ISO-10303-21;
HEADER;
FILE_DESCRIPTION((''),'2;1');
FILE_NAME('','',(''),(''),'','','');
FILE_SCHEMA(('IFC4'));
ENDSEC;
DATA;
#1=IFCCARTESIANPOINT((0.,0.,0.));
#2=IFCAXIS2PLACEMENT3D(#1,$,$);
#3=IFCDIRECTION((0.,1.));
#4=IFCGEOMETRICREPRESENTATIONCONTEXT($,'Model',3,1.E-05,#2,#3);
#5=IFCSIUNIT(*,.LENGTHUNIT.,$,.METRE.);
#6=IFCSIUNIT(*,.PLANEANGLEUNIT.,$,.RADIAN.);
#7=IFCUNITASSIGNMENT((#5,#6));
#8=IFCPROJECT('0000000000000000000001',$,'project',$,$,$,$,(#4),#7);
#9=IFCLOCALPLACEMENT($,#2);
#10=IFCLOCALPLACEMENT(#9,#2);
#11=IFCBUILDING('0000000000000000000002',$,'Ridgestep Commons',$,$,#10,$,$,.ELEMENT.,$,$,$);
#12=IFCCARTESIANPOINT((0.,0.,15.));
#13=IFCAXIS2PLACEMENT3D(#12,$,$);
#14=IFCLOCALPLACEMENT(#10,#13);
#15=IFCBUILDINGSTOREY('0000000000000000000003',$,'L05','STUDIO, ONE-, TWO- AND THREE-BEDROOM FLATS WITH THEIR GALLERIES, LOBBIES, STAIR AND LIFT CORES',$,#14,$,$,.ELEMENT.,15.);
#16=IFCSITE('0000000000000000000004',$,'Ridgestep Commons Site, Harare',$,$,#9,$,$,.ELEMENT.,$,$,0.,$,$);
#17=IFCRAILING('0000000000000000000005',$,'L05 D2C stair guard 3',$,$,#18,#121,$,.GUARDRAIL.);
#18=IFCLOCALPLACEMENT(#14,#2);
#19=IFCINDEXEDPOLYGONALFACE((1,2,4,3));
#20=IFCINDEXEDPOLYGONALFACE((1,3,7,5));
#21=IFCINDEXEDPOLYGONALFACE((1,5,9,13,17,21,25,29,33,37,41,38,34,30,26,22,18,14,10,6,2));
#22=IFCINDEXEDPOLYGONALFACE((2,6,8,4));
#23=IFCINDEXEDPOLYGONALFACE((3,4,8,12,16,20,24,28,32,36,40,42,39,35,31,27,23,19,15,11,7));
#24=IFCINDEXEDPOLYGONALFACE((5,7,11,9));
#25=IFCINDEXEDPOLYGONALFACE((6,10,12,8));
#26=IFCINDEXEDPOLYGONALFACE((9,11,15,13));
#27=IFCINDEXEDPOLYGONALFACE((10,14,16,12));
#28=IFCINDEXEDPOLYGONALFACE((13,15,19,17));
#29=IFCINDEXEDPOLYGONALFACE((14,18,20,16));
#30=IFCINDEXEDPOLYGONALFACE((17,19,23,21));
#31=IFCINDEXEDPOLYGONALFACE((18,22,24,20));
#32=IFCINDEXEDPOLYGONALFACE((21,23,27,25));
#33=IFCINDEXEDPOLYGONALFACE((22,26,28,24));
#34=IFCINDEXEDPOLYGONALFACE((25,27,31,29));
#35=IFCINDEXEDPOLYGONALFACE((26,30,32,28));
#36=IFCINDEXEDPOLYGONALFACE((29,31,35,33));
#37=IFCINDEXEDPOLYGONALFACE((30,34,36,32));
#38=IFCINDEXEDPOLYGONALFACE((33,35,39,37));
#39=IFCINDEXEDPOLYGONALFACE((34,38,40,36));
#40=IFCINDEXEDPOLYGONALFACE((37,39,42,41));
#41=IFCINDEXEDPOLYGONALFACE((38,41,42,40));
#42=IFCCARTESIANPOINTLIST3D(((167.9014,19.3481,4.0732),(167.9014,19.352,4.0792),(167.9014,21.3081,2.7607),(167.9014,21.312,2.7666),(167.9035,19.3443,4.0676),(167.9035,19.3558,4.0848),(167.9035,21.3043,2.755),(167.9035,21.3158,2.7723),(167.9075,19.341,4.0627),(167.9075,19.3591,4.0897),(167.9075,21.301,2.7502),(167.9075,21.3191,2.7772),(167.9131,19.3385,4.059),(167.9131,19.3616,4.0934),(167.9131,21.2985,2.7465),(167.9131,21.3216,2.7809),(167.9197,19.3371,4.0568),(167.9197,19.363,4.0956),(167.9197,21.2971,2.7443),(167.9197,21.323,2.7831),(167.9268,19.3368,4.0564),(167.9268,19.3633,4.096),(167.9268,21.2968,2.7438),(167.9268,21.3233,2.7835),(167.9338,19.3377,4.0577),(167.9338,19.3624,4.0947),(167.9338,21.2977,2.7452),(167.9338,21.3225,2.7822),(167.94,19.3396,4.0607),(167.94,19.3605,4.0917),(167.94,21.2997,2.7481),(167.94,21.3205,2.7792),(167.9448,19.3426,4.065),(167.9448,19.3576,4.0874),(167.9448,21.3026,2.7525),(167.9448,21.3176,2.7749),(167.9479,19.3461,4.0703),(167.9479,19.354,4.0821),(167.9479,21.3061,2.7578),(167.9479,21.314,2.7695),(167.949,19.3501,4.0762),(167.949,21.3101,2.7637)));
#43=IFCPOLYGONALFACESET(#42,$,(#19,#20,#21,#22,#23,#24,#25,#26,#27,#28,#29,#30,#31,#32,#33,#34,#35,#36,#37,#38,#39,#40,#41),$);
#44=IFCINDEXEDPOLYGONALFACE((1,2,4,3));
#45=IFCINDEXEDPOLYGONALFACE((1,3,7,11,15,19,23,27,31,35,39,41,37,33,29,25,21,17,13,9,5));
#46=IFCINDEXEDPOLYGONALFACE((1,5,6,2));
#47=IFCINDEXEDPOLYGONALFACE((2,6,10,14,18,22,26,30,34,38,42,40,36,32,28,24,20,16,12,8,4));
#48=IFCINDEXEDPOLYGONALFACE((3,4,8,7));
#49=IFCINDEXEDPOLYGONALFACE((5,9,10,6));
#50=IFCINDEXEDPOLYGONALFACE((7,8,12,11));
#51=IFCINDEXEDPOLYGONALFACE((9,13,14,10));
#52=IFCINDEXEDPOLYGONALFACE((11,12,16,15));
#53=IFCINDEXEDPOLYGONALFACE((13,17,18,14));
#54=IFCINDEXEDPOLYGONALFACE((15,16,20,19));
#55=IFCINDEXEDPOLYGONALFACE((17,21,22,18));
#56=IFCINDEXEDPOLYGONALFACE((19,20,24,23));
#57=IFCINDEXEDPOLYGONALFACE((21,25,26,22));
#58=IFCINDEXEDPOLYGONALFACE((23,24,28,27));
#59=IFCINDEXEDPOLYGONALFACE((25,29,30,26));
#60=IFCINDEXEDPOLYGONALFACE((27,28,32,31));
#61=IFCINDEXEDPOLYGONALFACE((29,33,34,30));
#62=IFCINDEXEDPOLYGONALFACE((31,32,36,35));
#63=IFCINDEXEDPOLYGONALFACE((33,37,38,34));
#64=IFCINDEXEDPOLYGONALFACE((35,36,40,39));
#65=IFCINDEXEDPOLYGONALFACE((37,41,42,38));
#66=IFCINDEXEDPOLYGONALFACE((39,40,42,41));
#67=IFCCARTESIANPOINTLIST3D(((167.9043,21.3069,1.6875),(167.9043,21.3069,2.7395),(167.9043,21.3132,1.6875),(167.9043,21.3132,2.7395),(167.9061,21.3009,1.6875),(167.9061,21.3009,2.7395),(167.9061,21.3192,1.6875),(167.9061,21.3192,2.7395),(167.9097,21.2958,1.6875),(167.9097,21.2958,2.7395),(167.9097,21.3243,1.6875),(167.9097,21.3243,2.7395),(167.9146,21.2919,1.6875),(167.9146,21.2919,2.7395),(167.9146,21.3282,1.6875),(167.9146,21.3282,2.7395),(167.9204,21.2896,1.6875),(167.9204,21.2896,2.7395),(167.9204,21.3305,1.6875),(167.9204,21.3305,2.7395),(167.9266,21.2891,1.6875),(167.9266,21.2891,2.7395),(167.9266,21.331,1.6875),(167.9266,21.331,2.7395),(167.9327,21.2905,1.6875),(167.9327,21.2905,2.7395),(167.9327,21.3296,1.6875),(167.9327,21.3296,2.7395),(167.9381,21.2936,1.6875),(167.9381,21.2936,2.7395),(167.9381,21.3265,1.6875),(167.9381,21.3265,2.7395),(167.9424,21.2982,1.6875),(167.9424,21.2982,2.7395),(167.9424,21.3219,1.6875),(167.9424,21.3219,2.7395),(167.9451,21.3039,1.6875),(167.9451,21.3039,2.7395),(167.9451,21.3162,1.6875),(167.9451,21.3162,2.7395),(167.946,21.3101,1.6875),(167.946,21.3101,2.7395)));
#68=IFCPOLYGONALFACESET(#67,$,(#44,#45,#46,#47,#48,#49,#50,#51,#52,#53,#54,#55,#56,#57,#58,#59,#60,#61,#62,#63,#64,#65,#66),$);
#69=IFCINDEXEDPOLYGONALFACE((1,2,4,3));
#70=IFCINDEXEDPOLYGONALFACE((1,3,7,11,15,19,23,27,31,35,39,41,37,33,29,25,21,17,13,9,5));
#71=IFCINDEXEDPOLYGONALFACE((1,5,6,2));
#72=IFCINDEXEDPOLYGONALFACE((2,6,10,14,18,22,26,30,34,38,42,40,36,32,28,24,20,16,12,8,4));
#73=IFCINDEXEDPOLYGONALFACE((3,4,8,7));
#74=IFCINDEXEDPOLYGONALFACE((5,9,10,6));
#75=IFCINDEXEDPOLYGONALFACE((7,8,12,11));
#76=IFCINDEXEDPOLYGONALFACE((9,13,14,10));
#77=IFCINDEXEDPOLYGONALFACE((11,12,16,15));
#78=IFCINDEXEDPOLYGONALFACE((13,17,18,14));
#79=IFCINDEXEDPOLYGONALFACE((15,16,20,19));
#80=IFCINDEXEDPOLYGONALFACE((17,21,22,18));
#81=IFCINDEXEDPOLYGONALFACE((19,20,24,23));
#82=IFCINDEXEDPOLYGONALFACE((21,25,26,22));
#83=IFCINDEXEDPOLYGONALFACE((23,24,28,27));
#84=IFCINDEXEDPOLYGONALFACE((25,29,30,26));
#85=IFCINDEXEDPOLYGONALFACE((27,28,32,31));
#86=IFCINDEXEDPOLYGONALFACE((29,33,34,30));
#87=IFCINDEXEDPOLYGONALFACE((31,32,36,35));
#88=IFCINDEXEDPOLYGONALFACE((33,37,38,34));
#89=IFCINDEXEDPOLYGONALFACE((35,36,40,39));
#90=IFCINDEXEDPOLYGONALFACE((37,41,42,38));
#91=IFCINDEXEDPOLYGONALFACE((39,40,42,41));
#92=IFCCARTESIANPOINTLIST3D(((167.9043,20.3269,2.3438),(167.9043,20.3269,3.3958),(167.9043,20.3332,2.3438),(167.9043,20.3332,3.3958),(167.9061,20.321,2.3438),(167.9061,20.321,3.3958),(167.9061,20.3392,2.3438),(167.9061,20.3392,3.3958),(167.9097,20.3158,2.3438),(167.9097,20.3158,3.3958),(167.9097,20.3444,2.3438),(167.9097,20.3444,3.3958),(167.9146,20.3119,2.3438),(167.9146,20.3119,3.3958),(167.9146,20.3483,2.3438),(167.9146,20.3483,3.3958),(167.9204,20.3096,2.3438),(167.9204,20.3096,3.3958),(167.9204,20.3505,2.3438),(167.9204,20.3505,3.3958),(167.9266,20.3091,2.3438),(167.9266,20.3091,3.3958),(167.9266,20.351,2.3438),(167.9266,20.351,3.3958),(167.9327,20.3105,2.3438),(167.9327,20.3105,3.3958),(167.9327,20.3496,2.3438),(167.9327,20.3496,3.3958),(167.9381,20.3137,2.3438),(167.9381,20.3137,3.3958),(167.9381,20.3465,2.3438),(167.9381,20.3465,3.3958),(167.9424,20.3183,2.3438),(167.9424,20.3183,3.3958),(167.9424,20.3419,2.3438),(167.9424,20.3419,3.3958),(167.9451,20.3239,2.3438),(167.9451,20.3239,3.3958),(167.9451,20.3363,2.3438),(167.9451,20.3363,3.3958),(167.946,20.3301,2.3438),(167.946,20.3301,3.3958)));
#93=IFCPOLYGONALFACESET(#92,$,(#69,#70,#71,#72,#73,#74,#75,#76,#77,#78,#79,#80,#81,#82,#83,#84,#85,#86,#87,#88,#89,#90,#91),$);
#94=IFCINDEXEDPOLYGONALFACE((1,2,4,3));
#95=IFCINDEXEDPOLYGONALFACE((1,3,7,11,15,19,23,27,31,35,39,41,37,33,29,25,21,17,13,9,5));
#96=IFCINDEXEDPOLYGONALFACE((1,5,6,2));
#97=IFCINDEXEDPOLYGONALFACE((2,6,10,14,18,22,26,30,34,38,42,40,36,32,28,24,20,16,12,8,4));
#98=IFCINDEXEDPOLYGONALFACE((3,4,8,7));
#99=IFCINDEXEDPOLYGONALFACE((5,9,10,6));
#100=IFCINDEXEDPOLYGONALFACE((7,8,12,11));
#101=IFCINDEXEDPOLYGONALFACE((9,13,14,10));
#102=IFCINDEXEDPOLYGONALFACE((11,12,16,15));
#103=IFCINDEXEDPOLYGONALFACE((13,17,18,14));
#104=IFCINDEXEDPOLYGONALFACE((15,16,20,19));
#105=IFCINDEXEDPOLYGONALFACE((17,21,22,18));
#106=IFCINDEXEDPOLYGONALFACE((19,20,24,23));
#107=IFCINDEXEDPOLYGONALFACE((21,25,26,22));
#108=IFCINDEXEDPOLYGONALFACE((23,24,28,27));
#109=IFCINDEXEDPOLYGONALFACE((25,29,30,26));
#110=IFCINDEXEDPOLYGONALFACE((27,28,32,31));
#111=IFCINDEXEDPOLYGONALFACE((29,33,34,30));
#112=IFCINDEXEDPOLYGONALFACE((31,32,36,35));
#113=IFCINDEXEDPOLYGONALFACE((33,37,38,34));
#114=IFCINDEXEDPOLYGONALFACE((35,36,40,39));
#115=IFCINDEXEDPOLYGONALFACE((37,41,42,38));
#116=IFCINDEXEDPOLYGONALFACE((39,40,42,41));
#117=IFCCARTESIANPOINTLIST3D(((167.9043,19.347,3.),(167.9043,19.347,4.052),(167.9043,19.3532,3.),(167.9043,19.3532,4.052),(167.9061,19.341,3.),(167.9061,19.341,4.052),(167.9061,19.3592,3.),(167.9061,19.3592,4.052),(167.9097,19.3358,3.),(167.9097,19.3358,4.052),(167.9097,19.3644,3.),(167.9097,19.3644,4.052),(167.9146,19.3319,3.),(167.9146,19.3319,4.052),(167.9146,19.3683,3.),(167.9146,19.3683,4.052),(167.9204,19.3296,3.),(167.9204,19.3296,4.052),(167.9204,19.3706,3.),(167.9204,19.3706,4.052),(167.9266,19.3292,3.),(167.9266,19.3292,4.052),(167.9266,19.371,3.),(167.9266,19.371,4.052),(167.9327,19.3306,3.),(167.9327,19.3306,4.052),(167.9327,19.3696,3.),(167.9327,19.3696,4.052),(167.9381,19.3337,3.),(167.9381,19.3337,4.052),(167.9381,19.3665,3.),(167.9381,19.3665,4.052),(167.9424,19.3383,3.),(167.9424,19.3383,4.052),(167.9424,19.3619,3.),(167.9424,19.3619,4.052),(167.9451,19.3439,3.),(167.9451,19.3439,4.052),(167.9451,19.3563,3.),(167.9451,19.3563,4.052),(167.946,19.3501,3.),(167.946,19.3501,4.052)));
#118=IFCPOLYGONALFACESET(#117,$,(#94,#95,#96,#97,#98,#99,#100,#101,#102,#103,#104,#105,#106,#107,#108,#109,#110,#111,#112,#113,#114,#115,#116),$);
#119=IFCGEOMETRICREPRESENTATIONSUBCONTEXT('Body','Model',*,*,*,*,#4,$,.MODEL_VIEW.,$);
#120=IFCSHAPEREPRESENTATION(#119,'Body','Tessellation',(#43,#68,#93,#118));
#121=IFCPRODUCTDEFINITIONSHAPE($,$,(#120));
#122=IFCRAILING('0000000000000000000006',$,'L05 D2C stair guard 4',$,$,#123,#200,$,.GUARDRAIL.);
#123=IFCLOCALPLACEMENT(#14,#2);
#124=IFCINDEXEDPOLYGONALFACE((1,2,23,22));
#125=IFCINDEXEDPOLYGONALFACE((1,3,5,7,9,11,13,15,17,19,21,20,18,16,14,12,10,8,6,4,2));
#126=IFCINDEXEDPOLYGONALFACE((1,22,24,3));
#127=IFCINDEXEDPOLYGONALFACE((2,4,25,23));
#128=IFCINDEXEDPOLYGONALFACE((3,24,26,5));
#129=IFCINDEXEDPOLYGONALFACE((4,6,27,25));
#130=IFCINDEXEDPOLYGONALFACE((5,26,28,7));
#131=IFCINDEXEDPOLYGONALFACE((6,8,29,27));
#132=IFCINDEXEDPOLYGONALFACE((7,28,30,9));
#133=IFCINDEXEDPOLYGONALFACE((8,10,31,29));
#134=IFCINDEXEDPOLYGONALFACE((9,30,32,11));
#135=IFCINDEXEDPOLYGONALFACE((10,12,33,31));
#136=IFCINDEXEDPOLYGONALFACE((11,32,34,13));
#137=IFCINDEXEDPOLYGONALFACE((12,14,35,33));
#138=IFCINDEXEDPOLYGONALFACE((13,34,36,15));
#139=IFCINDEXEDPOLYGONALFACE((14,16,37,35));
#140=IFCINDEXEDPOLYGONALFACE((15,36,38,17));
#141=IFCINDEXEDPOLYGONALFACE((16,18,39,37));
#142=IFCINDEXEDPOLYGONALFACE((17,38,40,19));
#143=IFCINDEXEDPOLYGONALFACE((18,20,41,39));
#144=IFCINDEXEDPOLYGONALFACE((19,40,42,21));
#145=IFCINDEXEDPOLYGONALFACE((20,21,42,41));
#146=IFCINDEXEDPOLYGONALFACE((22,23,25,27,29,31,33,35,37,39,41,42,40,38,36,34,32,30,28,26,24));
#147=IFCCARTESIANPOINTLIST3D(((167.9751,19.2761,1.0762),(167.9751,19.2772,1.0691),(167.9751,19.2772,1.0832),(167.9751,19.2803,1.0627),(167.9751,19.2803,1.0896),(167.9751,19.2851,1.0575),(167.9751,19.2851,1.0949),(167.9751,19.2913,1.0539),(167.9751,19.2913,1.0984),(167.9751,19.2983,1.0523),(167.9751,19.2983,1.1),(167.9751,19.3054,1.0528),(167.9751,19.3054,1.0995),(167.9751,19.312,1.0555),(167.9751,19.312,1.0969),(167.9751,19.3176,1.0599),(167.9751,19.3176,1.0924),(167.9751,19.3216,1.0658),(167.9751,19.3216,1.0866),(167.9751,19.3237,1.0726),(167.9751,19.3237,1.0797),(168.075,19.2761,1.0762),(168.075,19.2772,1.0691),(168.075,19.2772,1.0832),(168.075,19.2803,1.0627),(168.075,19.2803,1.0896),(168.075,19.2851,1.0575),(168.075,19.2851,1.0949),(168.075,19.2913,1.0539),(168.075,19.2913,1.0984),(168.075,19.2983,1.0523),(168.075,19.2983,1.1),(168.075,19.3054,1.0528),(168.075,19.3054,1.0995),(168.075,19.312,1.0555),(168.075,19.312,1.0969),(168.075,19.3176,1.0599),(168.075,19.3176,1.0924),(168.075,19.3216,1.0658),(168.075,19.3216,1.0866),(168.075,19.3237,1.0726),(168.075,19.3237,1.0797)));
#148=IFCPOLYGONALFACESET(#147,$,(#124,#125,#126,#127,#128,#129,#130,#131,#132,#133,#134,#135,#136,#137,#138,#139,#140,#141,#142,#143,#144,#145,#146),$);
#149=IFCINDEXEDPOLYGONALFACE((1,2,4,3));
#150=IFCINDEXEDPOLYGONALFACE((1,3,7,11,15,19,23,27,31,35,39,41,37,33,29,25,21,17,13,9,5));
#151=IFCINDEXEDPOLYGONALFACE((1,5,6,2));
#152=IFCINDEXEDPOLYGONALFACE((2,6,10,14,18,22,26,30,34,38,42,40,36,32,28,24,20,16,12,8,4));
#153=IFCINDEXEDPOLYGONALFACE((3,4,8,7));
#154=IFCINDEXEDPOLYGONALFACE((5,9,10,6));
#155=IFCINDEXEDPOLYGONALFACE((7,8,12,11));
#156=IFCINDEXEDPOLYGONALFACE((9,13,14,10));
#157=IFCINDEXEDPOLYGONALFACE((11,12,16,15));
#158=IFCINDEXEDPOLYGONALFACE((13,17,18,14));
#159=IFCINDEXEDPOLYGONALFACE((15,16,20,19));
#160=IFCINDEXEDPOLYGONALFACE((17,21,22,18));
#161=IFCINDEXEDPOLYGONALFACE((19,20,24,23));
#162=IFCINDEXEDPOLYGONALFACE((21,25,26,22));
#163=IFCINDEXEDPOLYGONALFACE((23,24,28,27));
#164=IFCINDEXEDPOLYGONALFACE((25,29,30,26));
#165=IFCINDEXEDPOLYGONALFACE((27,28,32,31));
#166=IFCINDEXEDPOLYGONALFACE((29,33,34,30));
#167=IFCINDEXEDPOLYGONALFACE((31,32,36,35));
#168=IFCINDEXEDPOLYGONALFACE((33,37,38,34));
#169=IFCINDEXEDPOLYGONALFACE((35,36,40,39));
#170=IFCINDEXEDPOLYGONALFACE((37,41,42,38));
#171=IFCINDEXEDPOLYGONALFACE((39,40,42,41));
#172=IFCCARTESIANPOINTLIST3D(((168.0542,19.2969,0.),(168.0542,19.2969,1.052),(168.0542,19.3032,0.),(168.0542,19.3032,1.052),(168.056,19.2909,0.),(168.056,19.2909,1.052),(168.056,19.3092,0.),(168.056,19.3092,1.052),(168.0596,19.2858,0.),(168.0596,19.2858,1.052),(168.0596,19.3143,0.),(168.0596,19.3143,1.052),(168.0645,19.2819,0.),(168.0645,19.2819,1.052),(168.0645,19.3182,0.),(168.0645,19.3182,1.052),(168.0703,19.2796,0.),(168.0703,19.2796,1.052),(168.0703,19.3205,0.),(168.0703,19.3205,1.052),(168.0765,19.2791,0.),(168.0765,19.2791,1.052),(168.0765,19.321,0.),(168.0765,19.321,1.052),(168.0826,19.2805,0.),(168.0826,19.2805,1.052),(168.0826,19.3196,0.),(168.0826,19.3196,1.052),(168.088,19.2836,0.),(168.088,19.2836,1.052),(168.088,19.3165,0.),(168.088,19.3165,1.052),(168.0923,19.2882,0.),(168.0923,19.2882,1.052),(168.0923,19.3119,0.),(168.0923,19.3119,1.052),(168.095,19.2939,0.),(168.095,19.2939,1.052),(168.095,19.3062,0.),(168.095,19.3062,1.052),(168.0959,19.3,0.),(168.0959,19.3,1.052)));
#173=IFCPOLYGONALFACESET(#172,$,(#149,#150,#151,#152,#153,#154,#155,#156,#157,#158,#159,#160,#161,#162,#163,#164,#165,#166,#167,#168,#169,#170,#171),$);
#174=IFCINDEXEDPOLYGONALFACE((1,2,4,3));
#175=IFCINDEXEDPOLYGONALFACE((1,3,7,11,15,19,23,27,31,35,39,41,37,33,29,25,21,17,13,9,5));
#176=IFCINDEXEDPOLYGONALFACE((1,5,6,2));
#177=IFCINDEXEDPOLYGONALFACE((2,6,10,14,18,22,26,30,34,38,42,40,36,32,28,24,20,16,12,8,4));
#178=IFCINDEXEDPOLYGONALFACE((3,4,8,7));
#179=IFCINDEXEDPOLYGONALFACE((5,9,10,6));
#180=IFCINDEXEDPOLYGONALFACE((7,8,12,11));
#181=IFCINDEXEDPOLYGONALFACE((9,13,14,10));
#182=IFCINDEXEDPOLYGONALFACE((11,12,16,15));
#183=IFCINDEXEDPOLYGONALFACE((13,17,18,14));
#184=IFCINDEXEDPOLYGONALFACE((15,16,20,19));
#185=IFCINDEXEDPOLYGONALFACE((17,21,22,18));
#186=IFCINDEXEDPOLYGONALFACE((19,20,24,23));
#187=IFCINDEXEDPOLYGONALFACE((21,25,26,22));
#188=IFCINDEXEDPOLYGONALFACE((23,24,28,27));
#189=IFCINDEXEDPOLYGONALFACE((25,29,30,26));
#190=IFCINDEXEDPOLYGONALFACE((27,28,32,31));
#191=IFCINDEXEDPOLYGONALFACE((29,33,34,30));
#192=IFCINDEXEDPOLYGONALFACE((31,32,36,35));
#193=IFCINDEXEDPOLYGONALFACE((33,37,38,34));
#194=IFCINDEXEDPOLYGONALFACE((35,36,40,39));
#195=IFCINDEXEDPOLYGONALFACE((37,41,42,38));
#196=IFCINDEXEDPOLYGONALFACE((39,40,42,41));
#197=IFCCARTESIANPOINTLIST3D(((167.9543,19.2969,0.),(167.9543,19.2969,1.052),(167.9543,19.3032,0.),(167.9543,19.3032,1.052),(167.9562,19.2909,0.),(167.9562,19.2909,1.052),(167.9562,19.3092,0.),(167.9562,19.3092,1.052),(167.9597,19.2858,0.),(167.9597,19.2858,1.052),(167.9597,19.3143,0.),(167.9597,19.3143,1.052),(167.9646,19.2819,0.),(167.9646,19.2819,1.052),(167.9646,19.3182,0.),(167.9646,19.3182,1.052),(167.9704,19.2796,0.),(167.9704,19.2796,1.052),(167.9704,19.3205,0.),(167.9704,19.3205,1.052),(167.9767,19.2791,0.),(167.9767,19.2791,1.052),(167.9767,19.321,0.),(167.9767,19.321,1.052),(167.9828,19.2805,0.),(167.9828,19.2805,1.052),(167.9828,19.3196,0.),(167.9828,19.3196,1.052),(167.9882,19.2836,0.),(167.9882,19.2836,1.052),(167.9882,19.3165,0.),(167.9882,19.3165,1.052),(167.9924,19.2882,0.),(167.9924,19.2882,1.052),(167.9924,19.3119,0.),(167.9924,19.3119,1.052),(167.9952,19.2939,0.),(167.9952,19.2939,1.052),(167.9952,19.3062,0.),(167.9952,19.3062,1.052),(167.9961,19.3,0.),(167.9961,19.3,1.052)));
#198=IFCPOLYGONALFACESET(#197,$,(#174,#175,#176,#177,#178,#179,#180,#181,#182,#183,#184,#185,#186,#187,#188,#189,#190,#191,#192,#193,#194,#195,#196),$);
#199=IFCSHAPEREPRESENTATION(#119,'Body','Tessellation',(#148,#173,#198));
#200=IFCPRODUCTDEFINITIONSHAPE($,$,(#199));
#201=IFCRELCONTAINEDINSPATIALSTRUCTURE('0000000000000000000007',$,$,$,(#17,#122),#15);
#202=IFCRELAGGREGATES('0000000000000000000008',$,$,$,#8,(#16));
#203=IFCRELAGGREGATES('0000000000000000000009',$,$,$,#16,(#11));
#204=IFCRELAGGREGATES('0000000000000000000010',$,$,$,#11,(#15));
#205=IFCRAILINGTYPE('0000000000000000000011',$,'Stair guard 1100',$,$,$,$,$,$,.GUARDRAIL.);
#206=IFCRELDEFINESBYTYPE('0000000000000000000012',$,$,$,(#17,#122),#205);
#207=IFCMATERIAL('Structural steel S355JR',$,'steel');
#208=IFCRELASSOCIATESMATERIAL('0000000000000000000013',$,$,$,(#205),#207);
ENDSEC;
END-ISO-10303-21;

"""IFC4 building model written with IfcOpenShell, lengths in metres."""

from ifc_helpers import new_model, si_unit, direction, frame, origin, origin_2d, place, context, subcontext, project, spatial, circle, extrude, material, type_object, element, save


model = new_model("IFC4")

# Units and contexts
model_context = context("Model", 3, precision=1e-05, world=origin(), true_north=direction((0.0, 1.0)))
body_context = subcontext(model_context, "Body", "Model", "MODEL_VIEW")
ifc_project = project(units=[si_unit("LENGTHUNIT", "METRE"), si_unit("PLANEANGLEUNIT", "RADIAN")], contexts=[model_context])

# Site, building, storey
site_placement = place(None, origin())
site = spatial("IfcSite", under=ifc_project, at=site_placement, Name="Ridgestep Commons Site, Harare", CompositionType="ELEMENT", RefElevation=0.0)
building_placement = place(site_placement, origin())
building = spatial("IfcBuilding", under=site, at=building_placement, Name="Ridgestep Commons", CompositionType="ELEMENT")
storey_placement = place(building_placement, frame((0.0, 0.0, 15.0)))
storey = spatial("IfcBuildingStorey", under=building, at=storey_placement, Name="L05", Description="STUDIO, ONE-, TWO- AND THREE-BEDROOM FLATS WITH THEIR GALLERIES, LOBBIES, STAIR AND LIFT CORES", CompositionType="ELEMENT", Elevation=15.0)

# Railings
ifc_material_1 = material(Name="Structural steel S355JR", Category="steel")
railing_type_1 = type_object("IfcRailingType", Name="Stair guard 1100", PredefinedType="GUARDRAIL", material=ifc_material_1)
railing_1_placement = place(storey_placement, frame((167.925, 21.3101, 1.6875)))
element("IfcRailing", 1, at=railing_1_placement, inside=storey, type_object=railing_type_1, Name="L05 D2C stair guard 3", PredefinedType="GUARDRAIL", context=body_context, shape_type="SweptSolid", body=[
    extrude(circle(Radius=0.0239, at=origin_2d()), frame((0.0, 0.0, 1.0762), z_axis=(0.0, -0.830902, 0.556419), x_axis=(1.0, 0.0, 0.0)), (0.0, 0.0, 1.0), 2.3589),
    extrude(circle(Radius=0.021, at=origin_2d()), origin(), (0.0, 0.0, 1.0), 1.052),
    extrude(circle(Radius=0.021, at=origin_2d()), frame((0.0, -0.98, 0.6562)), (0.0, 0.0, 1.0), 1.052),
    extrude(circle(Radius=0.021, at=origin_2d()), frame((0.0, -1.96, 1.3125)), (0.0, 0.0, 1.0), 1.052),
])
railing_2_placement = place(storey_placement, frame((168.075, 19.3, 0.0)))
element("IfcRailing", 2, at=railing_2_placement, inside=storey, type_object=railing_type_1, Name="L05 D2C stair guard 4", PredefinedType="GUARDRAIL", context=body_context, shape_type="SweptSolid", body=[
    extrude(circle(Radius=0.0239, at=origin_2d()), frame((0.0, 0.0, 1.0762), z_axis=(-1.0, 0.0, 0.0), x_axis=(0.0, -1.0, 0.0)), (0.0, 0.0, 1.0), 0.0999),
    extrude(circle(Radius=0.021, at=origin_2d()), origin(), (0.0, 0.0, 1.0), 1.052),
    extrude(circle(Radius=0.021, at=origin_2d()), frame((-0.0999, 0.0, 0.0)), (0.0, 0.0, 1.0), 1.052),
])

save(model, "model.ifc")
